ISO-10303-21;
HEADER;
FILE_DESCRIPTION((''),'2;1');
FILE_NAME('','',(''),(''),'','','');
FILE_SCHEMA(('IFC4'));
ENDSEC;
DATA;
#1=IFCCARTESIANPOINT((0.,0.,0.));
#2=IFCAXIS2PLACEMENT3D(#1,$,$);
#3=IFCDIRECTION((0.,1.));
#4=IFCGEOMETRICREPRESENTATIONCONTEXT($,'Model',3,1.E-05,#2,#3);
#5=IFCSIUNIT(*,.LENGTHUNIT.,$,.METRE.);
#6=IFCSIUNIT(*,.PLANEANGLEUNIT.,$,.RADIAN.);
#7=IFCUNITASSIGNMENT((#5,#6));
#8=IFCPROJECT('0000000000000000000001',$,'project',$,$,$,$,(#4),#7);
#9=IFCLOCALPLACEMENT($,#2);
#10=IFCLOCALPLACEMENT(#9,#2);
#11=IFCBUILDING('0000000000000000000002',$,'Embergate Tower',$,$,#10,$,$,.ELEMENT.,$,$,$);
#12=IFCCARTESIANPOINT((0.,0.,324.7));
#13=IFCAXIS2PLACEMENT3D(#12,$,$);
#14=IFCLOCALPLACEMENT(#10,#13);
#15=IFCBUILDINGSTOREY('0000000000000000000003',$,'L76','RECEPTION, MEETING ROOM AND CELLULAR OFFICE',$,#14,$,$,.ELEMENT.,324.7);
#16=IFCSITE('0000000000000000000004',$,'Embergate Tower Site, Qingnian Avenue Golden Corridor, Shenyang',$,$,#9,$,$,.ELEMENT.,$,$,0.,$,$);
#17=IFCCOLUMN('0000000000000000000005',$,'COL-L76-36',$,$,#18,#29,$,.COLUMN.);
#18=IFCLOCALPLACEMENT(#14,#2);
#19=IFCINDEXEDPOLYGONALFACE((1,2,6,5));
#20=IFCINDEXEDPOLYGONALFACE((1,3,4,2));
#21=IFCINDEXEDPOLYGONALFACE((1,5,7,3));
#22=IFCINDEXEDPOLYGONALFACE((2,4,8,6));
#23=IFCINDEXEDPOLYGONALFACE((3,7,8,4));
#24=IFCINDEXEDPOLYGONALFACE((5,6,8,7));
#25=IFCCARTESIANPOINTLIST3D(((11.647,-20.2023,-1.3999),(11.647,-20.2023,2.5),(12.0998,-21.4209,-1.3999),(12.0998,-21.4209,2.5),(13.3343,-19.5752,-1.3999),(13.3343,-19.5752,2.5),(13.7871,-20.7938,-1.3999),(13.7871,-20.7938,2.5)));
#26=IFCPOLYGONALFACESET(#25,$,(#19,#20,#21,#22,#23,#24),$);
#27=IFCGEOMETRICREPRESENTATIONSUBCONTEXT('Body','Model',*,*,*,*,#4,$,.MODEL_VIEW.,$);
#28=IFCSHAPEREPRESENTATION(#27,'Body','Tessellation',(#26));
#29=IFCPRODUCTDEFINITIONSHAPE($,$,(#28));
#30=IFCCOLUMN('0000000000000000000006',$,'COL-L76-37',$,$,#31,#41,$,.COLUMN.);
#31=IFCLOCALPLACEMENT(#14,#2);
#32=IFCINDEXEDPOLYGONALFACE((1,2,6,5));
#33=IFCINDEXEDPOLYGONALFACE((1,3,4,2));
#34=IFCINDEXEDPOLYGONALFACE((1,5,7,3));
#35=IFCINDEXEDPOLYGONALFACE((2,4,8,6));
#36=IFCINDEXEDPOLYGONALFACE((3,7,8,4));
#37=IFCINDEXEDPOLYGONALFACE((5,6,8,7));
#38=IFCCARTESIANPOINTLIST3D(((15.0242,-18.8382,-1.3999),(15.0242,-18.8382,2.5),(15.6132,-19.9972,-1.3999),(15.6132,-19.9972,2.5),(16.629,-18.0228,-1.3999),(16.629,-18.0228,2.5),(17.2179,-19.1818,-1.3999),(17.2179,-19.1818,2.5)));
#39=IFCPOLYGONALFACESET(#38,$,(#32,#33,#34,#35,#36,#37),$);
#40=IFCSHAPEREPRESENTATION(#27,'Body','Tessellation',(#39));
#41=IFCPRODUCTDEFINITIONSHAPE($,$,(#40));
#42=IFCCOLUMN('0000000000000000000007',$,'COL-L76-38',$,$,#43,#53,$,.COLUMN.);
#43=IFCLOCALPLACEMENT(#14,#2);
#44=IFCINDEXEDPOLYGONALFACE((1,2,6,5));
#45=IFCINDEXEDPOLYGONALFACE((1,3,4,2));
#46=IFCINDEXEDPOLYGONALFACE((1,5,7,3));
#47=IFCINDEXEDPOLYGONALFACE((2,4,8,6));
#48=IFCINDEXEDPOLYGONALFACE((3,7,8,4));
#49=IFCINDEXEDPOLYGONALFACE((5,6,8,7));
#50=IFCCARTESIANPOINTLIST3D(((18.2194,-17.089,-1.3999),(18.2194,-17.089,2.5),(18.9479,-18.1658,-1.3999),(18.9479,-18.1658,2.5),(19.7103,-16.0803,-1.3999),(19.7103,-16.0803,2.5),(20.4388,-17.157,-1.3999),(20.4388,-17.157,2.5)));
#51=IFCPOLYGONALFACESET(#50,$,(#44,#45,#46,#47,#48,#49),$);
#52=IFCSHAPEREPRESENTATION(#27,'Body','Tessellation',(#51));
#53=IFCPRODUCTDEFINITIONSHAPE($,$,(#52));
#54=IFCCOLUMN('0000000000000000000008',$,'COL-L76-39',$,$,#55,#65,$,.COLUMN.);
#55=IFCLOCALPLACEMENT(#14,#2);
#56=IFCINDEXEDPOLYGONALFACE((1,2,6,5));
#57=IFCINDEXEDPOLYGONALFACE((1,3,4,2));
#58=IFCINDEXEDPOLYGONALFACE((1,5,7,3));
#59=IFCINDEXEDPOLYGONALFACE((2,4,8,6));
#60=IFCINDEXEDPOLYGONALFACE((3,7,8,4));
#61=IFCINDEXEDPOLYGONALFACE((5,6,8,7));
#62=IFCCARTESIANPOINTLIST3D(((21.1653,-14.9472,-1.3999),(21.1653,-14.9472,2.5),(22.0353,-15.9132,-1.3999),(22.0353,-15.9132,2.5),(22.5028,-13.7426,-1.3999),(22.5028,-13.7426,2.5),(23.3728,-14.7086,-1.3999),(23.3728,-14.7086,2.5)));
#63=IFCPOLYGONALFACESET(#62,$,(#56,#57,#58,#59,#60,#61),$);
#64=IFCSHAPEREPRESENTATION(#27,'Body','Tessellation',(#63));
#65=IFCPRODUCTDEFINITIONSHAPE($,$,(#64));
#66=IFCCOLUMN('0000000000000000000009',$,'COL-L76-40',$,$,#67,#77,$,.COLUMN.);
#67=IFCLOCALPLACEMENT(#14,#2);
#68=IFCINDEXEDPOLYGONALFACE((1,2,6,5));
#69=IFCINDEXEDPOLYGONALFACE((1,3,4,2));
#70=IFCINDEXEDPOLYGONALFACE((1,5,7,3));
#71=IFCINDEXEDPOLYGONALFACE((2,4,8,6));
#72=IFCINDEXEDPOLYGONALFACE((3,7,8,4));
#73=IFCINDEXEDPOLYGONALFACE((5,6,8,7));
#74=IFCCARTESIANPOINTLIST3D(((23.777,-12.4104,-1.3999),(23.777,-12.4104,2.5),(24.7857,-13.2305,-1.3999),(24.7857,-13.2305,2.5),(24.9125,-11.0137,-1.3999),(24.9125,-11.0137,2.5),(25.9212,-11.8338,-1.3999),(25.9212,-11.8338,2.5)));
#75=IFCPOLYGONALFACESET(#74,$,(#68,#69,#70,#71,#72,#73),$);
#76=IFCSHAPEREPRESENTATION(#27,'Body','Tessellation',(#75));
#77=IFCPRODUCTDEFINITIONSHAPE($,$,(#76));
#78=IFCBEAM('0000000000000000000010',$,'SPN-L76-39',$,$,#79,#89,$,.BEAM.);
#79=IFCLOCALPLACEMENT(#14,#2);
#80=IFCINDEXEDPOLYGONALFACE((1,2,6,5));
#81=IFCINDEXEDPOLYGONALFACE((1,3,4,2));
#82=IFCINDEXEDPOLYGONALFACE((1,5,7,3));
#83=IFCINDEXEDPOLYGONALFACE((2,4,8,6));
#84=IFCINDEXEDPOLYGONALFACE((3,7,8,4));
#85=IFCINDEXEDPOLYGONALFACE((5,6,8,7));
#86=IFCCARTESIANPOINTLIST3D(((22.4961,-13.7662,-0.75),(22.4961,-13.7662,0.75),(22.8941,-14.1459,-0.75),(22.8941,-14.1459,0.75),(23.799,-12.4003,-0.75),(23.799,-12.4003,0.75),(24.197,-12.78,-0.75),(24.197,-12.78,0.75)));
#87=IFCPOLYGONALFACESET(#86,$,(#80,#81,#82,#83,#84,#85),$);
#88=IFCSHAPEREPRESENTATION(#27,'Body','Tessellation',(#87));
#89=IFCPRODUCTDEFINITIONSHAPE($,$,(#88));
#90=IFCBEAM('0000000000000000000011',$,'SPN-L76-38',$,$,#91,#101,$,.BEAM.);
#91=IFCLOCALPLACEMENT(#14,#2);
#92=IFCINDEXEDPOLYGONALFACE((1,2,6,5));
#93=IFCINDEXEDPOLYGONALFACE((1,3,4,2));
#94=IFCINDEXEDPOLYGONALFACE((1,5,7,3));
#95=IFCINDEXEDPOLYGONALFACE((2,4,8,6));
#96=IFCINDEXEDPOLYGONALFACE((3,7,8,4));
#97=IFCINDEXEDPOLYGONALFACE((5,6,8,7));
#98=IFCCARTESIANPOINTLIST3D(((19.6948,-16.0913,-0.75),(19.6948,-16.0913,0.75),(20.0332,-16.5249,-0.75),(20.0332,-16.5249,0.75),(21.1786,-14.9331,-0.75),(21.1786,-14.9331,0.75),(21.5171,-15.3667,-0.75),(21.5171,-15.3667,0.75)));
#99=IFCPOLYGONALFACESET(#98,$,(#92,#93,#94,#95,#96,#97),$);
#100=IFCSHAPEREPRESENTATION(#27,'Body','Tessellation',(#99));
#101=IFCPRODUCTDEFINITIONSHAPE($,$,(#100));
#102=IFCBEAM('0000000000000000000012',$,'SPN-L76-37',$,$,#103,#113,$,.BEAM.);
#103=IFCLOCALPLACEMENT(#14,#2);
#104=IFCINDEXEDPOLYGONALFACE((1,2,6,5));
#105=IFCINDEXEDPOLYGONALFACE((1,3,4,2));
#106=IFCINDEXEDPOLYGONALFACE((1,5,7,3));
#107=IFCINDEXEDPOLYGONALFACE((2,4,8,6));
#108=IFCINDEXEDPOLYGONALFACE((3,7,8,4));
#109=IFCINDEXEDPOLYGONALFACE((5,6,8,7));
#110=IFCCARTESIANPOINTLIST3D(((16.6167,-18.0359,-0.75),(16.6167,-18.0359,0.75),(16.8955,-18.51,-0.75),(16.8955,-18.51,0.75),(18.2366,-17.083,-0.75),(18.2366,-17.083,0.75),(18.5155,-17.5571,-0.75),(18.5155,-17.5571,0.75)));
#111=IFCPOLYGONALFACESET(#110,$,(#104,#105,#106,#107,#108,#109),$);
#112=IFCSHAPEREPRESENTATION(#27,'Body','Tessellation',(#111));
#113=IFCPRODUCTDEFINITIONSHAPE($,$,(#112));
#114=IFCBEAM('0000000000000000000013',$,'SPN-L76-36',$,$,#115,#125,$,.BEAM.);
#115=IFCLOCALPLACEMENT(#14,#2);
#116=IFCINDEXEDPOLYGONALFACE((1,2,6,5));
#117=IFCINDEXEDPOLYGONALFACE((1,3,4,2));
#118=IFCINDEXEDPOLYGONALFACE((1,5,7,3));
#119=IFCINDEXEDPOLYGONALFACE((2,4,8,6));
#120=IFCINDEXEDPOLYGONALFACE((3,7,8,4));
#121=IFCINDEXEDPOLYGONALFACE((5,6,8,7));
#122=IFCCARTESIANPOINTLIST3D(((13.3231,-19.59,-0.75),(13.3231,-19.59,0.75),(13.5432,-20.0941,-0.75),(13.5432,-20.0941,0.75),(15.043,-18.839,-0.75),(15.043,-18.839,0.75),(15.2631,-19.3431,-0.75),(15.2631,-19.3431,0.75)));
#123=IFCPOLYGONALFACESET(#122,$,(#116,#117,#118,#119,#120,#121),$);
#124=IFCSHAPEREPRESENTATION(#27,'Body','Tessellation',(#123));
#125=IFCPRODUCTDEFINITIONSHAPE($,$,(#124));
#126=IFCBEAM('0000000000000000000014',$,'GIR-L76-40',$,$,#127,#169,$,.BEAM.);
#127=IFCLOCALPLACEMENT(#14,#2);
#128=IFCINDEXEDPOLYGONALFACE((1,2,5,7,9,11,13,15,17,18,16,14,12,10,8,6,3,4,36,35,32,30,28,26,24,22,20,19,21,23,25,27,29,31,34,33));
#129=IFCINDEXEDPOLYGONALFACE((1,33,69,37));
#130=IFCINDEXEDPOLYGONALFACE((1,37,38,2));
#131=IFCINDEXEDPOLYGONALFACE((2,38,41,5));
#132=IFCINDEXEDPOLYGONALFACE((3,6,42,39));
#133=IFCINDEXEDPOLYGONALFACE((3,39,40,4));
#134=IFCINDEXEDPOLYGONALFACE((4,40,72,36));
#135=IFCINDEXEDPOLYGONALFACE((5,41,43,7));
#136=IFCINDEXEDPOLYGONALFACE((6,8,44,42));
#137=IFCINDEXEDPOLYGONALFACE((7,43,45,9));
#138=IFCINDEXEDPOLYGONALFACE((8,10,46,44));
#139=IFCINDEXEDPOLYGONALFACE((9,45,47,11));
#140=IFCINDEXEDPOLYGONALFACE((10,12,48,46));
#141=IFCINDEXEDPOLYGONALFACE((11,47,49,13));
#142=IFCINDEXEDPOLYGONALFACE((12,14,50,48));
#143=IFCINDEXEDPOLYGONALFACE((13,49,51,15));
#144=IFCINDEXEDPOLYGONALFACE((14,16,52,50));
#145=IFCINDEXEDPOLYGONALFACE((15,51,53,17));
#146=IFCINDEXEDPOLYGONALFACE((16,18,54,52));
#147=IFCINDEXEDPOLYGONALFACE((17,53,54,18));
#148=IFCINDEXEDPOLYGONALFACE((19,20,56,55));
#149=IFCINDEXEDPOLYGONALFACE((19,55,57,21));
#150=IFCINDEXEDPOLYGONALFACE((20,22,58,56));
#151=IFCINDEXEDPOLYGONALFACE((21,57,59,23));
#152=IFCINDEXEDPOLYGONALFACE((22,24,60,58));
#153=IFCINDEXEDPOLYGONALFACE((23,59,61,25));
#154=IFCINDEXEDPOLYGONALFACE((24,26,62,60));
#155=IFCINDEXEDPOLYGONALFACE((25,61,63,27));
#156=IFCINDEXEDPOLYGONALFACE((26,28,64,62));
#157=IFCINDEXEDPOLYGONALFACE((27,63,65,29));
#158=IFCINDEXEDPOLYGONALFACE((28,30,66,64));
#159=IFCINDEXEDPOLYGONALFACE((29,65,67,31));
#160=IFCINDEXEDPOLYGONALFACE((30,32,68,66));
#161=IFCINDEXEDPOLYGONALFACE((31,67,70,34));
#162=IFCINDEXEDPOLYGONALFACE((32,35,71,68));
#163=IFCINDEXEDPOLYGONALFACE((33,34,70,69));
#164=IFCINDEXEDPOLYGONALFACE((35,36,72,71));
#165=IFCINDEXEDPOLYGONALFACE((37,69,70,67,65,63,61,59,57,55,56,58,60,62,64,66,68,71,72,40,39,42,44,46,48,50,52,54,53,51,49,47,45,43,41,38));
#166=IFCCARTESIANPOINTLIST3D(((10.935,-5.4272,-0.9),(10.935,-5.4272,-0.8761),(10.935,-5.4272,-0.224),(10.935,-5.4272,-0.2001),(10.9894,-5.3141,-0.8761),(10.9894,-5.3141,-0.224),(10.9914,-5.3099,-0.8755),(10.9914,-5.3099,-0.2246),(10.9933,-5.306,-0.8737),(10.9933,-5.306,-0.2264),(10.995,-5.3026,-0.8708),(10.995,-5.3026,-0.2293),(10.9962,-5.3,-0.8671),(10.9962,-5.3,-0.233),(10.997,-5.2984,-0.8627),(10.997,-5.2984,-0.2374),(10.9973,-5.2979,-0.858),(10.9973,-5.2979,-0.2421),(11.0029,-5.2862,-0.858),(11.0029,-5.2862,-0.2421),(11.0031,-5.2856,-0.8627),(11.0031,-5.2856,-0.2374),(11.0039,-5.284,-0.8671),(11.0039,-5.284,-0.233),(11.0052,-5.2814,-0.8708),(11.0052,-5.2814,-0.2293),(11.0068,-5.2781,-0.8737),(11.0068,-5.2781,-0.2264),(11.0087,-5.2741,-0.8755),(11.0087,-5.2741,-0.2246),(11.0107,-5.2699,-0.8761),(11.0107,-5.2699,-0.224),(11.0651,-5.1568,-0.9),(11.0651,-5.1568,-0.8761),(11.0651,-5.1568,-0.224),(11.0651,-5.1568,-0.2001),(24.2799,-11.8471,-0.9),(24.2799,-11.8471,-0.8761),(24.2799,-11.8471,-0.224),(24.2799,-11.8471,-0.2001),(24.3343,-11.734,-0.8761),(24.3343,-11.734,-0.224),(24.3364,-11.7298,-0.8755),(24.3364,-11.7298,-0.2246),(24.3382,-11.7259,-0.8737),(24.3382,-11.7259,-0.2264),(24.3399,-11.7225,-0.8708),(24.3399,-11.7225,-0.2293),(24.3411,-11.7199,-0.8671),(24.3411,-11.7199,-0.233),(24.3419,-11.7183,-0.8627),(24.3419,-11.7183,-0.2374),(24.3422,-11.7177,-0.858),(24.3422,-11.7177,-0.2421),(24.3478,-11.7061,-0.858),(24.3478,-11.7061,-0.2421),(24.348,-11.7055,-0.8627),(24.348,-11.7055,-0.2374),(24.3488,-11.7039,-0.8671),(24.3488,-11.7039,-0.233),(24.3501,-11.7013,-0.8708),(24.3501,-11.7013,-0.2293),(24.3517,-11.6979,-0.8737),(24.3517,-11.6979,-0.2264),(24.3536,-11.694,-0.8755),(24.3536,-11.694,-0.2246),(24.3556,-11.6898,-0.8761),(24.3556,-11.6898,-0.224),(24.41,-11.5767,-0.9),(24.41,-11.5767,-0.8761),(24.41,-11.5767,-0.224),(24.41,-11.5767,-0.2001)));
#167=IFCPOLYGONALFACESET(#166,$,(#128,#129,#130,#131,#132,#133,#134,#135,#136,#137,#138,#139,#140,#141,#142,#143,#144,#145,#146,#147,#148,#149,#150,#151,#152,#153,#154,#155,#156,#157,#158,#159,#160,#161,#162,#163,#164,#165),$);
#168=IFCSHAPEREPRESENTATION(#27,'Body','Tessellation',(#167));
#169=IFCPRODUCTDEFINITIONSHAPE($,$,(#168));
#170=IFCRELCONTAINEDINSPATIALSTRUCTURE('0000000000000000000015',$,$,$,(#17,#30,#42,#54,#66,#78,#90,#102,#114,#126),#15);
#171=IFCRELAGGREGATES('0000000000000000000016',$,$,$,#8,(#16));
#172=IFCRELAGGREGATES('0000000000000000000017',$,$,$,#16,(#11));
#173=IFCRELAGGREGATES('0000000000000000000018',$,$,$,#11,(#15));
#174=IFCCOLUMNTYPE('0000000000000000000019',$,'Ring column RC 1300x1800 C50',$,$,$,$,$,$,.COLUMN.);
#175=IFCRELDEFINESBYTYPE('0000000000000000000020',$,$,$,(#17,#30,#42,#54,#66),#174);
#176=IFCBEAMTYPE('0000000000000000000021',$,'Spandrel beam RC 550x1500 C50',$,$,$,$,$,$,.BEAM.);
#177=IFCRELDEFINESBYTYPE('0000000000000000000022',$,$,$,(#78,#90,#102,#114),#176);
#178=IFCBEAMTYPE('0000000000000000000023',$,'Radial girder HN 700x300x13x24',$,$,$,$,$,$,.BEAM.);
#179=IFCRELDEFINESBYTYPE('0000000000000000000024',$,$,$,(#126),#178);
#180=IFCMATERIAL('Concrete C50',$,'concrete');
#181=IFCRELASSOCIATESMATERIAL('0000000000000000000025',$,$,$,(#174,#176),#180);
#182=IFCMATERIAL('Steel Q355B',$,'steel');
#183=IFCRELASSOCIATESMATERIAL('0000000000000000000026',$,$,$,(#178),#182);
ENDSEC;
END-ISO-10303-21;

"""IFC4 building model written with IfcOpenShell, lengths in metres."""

from ifc_helpers import new_model, si_unit, direction, frame, origin, origin_2d, place, context, subcontext, project, spatial, rectangle, i_section, extrude, source, transform, mapped, material, material_profile, profile_set, type_object, element, save


model = new_model("IFC4")

# Units and contexts
model_context = context("Model", 3, precision=1e-05, world=origin(), true_north=direction((0.0, 1.0)))
body_context = subcontext(model_context, "Body", "Model", "MODEL_VIEW")
ifc_project = project(units=[si_unit("LENGTHUNIT", "METRE"), si_unit("PLANEANGLEUNIT", "RADIAN")], contexts=[model_context])

# Site, building, storey
site_placement = place(None, origin())
site = spatial("IfcSite", under=ifc_project, at=site_placement, Name="Embergate Tower Site, Qingnian Avenue Golden Corridor, Shenyang", CompositionType="ELEMENT", RefElevation=0.0)
building_placement = place(site_placement, origin())
building = spatial("IfcBuilding", under=site, at=building_placement, Name="Embergate Tower", CompositionType="ELEMENT")
storey_placement = place(building_placement, frame((0.0, 0.0, 324.7)))
storey = spatial("IfcBuildingStorey", under=building, at=storey_placement, Name="L76", Description="RECEPTION, MEETING ROOM AND CELLULAR OFFICE", CompositionType="ELEMENT", Elevation=324.7)

# Columns
ifc_material_1 = material(Name="Concrete C50", Category="concrete")
ifc_material_profile_1 = material_profile(ifc_material_1, rectangle(XDim=1.3, YDim=1.8, at=origin_2d()), Name="RC 1300x1800")
ifc_profile_set_1 = profile_set([ifc_material_profile_1], Name="Concrete C50")
column_type = type_object("IfcColumnType", Name="Ring column RC 1300x1800 C50", PredefinedType="COLUMN", material=ifc_profile_set_1)
shared_shape_1 = source(origin(), body_context, "Body", "SweptSolid", [
    extrude(rectangle(XDim=1.3, YDim=1.8, at=origin_2d()), origin(), (0.0, 0.0, 1.0), 3.8999),
])
for number, where, z_axis, x_axis, name in (
    (1, (12.717, -20.498, -1.3999), (0.0, 0.0, 1.0), (0.348343, -0.937367, 0.0), "COL-L76-36"),
    (2, (16.1211, -19.01, -1.3999), (0.0, 0.0, 1.0), (0.453011, -0.891505, 0.0), "COL-L76-37"),
    (3, (19.3291, -17.123, -1.3999), (0.0, 0.0, 1.0), (0.560393, -0.828227, 0.0), "COL-L76-38"),
    (4, (22.269, -14.8279, -1.3999), (0.0, 0.0, 1.0), (0.669221, -0.743063, 0.0), "COL-L76-39"),
    (5, (24.8491, -12.1221, -1.3999), (0.0, 0.0, 1.0), (0.775925, -0.630825, 0.0), "COL-L76-40"),
):
    element("IfcColumn", number, at=place(storey_placement, frame(where, z_axis=z_axis, x_axis=x_axis)), inside=storey, type_object=column_type, Name=name, PredefinedType="COLUMN", context=body_context, shape_type="MappedRepresentation", body=[
        mapped(shared_shape_1, transform((0.0, 0.0, 0.0))),
    ])

# Beams
ifc_material_profile_2 = material_profile(ifc_material_1, rectangle(XDim=0.55, YDim=1.5, at=origin_2d()), Name="RC 550x1500")
ifc_profile_set_2 = profile_set([ifc_material_profile_2], Name="Concrete C50")
beam_type_1 = type_object("IfcBeamType", Name="Spandrel beam RC 550x1500 C50", PredefinedType="BEAM", material=ifc_profile_set_2)
shared_shape_2 = source(origin(), body_context, "Body", "SweptSolid", [
    extrude(rectangle(XDim=0.55, YDim=1.5, at=origin_2d()), origin(), (0.0, 0.0, 1.0), 1.8877),
])
beam_1_placement = place(storey_placement, frame((22.6951, -13.9561, 0.0), z_axis=(0.690227, 0.723593, 0.0), x_axis=(-0.723593, 0.690227, 0.0)))
element("IfcBeam", 6, at=beam_1_placement, inside=storey, type_object=beam_type_1, Name="SPN-L76-39", PredefinedType="BEAM", context=body_context, shape_type="MappedRepresentation", body=[
    mapped(shared_shape_2, transform((0.0, 0.0, 0.0))),
])
shared_shape_3 = source(origin(), body_context, "Body", "SweptSolid", [
    extrude(rectangle(XDim=0.55, YDim=1.5, at=origin_2d()), origin(), (0.0, 0.0, 1.0), 1.8823),
])
beam_2_placement = place(storey_placement, frame((19.864, -16.3081, 0.0), z_axis=(0.788304, 0.615287, 0.0), x_axis=(-0.615287, 0.788304, 0.0)))
element("IfcBeam", 7, at=beam_2_placement, inside=storey, type_object=beam_type_1, Name="SPN-L76-38", PredefinedType="BEAM", context=body_context, shape_type="MappedRepresentation", body=[
    mapped(shared_shape_3, transform((0.0, 0.0, 0.0))),
])
shared_shape_4 = source(origin(), body_context, "Body", "SweptSolid", [
    extrude(rectangle(XDim=0.55, YDim=1.5, at=origin_2d()), origin(), (0.0, 0.0, 1.0), 1.8794),
])
beam_3_placement = place(storey_placement, frame((16.7561, -18.2729, 0.0), z_axis=(0.861931, 0.507026, 0.0), x_axis=(-0.507026, 0.861931, 0.0)))
element("IfcBeam", 8, at=beam_3_placement, inside=storey, type_object=beam_type_1, Name="SPN-L76-37", PredefinedType="BEAM", context=body_context, shape_type="MappedRepresentation", body=[
    mapped(shared_shape_4, transform((0.0, 0.0, 0.0))),
])
shared_shape_5 = source(origin(), body_context, "Body", "SweptSolid", [
    extrude(rectangle(XDim=0.55, YDim=1.5, at=origin_2d()), origin(), (0.0, 0.0, 1.0), 1.8767),
])
beam_4_placement = place(storey_placement, frame((13.4331, -19.842, 0.0), z_axis=(0.916453, 0.400143, 0.0), x_axis=(-0.400143, 0.916453, 0.0)))
element("IfcBeam", 9, at=beam_4_placement, inside=storey, type_object=beam_type_1, Name="SPN-L76-36", PredefinedType="BEAM", context=body_context, shape_type="MappedRepresentation", body=[
    mapped(shared_shape_5, transform((0.0, 0.0, 0.0))),
])
ifc_material_2 = material(Name="Steel Q355B", Category="steel")
ifc_material_profile_3 = material_profile(ifc_material_2, i_section(OverallWidth=0.3, OverallDepth=0.7, WebThickness=0.0129, FlangeThickness=0.0239, FilletRadius=0.0181, at=origin_2d()), Name="HN 700x300x13x24")
ifc_profile_set_3 = profile_set([ifc_material_profile_3], Name="Steel Q355 grade B")
beam_type_2 = type_object("IfcBeamType", Name="Radial girder HN 700x300x13x24", PredefinedType="BEAM", material=ifc_profile_set_3)
shared_shape_6 = source(origin(), body_context, "Body", "SweptSolid", [
    extrude(i_section(OverallWidth=0.3, OverallDepth=0.7, WebThickness=0.0129, FlangeThickness=0.0239, FilletRadius=0.0181, at=origin_2d()), origin(), (0.0, 0.0, 1.0), 14.8088),
])
beam_5_placement = place(storey_placement, frame((24.345, -11.7119, -0.55), z_axis=(-0.901145, 0.433518, 0.0), x_axis=(-0.433518, -0.901145, 0.0)))
element("IfcBeam", 10, at=beam_5_placement, inside=storey, type_object=beam_type_2, Name="GIR-L76-40", PredefinedType="BEAM", context=body_context, shape_type="MappedRepresentation", body=[
    mapped(shared_shape_6, transform((0.0, 0.0, 0.0))),
])

save(model, "model.ifc")
